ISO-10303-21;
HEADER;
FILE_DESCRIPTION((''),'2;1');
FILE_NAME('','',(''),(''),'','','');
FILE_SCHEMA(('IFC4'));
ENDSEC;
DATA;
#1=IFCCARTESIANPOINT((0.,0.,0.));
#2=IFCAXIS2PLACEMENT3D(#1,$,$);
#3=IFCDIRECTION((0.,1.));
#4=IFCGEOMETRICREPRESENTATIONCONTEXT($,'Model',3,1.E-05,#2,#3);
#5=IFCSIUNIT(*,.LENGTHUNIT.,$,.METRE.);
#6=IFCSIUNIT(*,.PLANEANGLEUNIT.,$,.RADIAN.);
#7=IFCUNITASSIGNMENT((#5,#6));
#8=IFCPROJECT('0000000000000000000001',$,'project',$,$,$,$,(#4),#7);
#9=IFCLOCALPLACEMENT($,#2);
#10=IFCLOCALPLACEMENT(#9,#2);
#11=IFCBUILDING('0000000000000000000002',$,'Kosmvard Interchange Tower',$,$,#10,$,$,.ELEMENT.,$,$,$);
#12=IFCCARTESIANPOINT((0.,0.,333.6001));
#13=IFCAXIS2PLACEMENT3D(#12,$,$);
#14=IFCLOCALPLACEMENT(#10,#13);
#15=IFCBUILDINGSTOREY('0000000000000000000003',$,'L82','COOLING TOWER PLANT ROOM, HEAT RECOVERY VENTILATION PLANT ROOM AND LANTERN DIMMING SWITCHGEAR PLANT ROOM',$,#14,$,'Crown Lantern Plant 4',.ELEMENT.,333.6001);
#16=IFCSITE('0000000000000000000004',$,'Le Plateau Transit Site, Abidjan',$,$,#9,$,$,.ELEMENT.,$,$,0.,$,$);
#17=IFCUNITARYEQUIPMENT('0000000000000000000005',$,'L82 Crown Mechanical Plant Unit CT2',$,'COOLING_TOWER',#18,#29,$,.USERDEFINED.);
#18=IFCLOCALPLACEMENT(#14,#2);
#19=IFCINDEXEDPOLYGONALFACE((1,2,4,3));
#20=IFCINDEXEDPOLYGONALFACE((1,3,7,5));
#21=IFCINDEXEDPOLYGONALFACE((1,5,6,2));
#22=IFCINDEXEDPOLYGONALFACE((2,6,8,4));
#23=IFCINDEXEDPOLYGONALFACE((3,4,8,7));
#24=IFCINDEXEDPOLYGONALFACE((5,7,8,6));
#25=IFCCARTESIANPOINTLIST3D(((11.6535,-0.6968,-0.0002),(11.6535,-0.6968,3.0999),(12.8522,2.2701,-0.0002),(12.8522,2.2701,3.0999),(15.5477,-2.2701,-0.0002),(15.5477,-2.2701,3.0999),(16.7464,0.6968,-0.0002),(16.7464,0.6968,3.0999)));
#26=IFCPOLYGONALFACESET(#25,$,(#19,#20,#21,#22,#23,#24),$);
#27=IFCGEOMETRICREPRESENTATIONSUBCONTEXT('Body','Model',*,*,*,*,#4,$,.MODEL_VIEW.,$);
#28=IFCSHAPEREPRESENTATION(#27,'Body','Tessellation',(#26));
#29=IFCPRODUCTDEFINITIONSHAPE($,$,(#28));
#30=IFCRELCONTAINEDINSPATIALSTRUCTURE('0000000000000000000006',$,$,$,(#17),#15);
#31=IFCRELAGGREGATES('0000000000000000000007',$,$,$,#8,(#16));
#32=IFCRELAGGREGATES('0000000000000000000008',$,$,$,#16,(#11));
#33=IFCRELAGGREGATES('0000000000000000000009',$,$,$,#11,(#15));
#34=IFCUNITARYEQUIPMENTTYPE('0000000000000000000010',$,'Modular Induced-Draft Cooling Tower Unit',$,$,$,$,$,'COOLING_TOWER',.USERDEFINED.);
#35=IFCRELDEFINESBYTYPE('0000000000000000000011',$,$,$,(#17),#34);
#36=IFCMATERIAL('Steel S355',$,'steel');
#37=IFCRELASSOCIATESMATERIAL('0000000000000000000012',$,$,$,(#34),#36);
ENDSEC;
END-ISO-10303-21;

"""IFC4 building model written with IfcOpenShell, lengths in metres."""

from ifc_helpers import new_model, si_unit, direction, frame, origin, origin_2d, place, context, subcontext, project, spatial, rectangle, extrude, source, transform, mapped, material, type_object, element, save


model = new_model("IFC4")

# Units and contexts
model_context = context("Model", 3, precision=1e-05, world=origin(), true_north=direction((0.0, 1.0)))
body_context = subcontext(model_context, "Body", "Model", "MODEL_VIEW")
ifc_project = project(units=[si_unit("LENGTHUNIT", "METRE"), si_unit("PLANEANGLEUNIT", "RADIAN")], contexts=[model_context])

# Site, building, storey
site_placement = place(None, origin())
site = spatial("IfcSite", under=ifc_project, at=site_placement, Name="Le Plateau Transit Site, Abidjan", CompositionType="ELEMENT", RefElevation=0.0)
building_placement = place(site_placement, origin())
building = spatial("IfcBuilding", under=site, at=building_placement, Name="Kosmvard Interchange Tower", CompositionType="ELEMENT")
storey_placement = place(building_placement, frame((0.0, 0.0, 333.6001)))
storey = spatial("IfcBuildingStorey", under=building, at=storey_placement, Name="L82", Description="COOLING TOWER PLANT ROOM, HEAT RECOVERY VENTILATION PLANT ROOM AND LANTERN DIMMING SWITCHGEAR PLANT ROOM", LongName="Crown Lantern Plant 4", CompositionType="ELEMENT", Elevation=333.6001)

# Shared definitions
ifc_material_1 = material(Name="Steel S355", Category="steel")

# Unitary equipment
unitary_equipment_type = type_object("IfcUnitaryEquipmentType", Name="Modular Induced-Draft Cooling Tower Unit", ElementType="COOLING_TOWER", PredefinedType="USERDEFINED", material=ifc_material_1)
shared_shape_1 = source(origin(), body_context, "Body", "SweptSolid", [
    extrude(rectangle(XDim=3.2, YDim=4.2, at=origin_2d()), origin(), (0.0, 0.0, 1.0), 3.1001),
])
unitary_equipment_placement = place(storey_placement, frame((14.2, 0.0, -0.0002), z_axis=(0.0, 0.0, 1.0), x_axis=(0.374607, 0.927184, 0.0)))
element("IfcUnitaryEquipment", 1, at=unitary_equipment_placement, inside=storey, type_object=unitary_equipment_type, Name="L82 Crown Mechanical Plant Unit CT2", ObjectType="COOLING_TOWER", PredefinedType="USERDEFINED", context=body_context, shape_type="MappedRepresentation", body=[
    mapped(shared_shape_1, transform((0.0, 0.0, 0.0), scale=1.0)),
])

save(model, "model.ifc")
